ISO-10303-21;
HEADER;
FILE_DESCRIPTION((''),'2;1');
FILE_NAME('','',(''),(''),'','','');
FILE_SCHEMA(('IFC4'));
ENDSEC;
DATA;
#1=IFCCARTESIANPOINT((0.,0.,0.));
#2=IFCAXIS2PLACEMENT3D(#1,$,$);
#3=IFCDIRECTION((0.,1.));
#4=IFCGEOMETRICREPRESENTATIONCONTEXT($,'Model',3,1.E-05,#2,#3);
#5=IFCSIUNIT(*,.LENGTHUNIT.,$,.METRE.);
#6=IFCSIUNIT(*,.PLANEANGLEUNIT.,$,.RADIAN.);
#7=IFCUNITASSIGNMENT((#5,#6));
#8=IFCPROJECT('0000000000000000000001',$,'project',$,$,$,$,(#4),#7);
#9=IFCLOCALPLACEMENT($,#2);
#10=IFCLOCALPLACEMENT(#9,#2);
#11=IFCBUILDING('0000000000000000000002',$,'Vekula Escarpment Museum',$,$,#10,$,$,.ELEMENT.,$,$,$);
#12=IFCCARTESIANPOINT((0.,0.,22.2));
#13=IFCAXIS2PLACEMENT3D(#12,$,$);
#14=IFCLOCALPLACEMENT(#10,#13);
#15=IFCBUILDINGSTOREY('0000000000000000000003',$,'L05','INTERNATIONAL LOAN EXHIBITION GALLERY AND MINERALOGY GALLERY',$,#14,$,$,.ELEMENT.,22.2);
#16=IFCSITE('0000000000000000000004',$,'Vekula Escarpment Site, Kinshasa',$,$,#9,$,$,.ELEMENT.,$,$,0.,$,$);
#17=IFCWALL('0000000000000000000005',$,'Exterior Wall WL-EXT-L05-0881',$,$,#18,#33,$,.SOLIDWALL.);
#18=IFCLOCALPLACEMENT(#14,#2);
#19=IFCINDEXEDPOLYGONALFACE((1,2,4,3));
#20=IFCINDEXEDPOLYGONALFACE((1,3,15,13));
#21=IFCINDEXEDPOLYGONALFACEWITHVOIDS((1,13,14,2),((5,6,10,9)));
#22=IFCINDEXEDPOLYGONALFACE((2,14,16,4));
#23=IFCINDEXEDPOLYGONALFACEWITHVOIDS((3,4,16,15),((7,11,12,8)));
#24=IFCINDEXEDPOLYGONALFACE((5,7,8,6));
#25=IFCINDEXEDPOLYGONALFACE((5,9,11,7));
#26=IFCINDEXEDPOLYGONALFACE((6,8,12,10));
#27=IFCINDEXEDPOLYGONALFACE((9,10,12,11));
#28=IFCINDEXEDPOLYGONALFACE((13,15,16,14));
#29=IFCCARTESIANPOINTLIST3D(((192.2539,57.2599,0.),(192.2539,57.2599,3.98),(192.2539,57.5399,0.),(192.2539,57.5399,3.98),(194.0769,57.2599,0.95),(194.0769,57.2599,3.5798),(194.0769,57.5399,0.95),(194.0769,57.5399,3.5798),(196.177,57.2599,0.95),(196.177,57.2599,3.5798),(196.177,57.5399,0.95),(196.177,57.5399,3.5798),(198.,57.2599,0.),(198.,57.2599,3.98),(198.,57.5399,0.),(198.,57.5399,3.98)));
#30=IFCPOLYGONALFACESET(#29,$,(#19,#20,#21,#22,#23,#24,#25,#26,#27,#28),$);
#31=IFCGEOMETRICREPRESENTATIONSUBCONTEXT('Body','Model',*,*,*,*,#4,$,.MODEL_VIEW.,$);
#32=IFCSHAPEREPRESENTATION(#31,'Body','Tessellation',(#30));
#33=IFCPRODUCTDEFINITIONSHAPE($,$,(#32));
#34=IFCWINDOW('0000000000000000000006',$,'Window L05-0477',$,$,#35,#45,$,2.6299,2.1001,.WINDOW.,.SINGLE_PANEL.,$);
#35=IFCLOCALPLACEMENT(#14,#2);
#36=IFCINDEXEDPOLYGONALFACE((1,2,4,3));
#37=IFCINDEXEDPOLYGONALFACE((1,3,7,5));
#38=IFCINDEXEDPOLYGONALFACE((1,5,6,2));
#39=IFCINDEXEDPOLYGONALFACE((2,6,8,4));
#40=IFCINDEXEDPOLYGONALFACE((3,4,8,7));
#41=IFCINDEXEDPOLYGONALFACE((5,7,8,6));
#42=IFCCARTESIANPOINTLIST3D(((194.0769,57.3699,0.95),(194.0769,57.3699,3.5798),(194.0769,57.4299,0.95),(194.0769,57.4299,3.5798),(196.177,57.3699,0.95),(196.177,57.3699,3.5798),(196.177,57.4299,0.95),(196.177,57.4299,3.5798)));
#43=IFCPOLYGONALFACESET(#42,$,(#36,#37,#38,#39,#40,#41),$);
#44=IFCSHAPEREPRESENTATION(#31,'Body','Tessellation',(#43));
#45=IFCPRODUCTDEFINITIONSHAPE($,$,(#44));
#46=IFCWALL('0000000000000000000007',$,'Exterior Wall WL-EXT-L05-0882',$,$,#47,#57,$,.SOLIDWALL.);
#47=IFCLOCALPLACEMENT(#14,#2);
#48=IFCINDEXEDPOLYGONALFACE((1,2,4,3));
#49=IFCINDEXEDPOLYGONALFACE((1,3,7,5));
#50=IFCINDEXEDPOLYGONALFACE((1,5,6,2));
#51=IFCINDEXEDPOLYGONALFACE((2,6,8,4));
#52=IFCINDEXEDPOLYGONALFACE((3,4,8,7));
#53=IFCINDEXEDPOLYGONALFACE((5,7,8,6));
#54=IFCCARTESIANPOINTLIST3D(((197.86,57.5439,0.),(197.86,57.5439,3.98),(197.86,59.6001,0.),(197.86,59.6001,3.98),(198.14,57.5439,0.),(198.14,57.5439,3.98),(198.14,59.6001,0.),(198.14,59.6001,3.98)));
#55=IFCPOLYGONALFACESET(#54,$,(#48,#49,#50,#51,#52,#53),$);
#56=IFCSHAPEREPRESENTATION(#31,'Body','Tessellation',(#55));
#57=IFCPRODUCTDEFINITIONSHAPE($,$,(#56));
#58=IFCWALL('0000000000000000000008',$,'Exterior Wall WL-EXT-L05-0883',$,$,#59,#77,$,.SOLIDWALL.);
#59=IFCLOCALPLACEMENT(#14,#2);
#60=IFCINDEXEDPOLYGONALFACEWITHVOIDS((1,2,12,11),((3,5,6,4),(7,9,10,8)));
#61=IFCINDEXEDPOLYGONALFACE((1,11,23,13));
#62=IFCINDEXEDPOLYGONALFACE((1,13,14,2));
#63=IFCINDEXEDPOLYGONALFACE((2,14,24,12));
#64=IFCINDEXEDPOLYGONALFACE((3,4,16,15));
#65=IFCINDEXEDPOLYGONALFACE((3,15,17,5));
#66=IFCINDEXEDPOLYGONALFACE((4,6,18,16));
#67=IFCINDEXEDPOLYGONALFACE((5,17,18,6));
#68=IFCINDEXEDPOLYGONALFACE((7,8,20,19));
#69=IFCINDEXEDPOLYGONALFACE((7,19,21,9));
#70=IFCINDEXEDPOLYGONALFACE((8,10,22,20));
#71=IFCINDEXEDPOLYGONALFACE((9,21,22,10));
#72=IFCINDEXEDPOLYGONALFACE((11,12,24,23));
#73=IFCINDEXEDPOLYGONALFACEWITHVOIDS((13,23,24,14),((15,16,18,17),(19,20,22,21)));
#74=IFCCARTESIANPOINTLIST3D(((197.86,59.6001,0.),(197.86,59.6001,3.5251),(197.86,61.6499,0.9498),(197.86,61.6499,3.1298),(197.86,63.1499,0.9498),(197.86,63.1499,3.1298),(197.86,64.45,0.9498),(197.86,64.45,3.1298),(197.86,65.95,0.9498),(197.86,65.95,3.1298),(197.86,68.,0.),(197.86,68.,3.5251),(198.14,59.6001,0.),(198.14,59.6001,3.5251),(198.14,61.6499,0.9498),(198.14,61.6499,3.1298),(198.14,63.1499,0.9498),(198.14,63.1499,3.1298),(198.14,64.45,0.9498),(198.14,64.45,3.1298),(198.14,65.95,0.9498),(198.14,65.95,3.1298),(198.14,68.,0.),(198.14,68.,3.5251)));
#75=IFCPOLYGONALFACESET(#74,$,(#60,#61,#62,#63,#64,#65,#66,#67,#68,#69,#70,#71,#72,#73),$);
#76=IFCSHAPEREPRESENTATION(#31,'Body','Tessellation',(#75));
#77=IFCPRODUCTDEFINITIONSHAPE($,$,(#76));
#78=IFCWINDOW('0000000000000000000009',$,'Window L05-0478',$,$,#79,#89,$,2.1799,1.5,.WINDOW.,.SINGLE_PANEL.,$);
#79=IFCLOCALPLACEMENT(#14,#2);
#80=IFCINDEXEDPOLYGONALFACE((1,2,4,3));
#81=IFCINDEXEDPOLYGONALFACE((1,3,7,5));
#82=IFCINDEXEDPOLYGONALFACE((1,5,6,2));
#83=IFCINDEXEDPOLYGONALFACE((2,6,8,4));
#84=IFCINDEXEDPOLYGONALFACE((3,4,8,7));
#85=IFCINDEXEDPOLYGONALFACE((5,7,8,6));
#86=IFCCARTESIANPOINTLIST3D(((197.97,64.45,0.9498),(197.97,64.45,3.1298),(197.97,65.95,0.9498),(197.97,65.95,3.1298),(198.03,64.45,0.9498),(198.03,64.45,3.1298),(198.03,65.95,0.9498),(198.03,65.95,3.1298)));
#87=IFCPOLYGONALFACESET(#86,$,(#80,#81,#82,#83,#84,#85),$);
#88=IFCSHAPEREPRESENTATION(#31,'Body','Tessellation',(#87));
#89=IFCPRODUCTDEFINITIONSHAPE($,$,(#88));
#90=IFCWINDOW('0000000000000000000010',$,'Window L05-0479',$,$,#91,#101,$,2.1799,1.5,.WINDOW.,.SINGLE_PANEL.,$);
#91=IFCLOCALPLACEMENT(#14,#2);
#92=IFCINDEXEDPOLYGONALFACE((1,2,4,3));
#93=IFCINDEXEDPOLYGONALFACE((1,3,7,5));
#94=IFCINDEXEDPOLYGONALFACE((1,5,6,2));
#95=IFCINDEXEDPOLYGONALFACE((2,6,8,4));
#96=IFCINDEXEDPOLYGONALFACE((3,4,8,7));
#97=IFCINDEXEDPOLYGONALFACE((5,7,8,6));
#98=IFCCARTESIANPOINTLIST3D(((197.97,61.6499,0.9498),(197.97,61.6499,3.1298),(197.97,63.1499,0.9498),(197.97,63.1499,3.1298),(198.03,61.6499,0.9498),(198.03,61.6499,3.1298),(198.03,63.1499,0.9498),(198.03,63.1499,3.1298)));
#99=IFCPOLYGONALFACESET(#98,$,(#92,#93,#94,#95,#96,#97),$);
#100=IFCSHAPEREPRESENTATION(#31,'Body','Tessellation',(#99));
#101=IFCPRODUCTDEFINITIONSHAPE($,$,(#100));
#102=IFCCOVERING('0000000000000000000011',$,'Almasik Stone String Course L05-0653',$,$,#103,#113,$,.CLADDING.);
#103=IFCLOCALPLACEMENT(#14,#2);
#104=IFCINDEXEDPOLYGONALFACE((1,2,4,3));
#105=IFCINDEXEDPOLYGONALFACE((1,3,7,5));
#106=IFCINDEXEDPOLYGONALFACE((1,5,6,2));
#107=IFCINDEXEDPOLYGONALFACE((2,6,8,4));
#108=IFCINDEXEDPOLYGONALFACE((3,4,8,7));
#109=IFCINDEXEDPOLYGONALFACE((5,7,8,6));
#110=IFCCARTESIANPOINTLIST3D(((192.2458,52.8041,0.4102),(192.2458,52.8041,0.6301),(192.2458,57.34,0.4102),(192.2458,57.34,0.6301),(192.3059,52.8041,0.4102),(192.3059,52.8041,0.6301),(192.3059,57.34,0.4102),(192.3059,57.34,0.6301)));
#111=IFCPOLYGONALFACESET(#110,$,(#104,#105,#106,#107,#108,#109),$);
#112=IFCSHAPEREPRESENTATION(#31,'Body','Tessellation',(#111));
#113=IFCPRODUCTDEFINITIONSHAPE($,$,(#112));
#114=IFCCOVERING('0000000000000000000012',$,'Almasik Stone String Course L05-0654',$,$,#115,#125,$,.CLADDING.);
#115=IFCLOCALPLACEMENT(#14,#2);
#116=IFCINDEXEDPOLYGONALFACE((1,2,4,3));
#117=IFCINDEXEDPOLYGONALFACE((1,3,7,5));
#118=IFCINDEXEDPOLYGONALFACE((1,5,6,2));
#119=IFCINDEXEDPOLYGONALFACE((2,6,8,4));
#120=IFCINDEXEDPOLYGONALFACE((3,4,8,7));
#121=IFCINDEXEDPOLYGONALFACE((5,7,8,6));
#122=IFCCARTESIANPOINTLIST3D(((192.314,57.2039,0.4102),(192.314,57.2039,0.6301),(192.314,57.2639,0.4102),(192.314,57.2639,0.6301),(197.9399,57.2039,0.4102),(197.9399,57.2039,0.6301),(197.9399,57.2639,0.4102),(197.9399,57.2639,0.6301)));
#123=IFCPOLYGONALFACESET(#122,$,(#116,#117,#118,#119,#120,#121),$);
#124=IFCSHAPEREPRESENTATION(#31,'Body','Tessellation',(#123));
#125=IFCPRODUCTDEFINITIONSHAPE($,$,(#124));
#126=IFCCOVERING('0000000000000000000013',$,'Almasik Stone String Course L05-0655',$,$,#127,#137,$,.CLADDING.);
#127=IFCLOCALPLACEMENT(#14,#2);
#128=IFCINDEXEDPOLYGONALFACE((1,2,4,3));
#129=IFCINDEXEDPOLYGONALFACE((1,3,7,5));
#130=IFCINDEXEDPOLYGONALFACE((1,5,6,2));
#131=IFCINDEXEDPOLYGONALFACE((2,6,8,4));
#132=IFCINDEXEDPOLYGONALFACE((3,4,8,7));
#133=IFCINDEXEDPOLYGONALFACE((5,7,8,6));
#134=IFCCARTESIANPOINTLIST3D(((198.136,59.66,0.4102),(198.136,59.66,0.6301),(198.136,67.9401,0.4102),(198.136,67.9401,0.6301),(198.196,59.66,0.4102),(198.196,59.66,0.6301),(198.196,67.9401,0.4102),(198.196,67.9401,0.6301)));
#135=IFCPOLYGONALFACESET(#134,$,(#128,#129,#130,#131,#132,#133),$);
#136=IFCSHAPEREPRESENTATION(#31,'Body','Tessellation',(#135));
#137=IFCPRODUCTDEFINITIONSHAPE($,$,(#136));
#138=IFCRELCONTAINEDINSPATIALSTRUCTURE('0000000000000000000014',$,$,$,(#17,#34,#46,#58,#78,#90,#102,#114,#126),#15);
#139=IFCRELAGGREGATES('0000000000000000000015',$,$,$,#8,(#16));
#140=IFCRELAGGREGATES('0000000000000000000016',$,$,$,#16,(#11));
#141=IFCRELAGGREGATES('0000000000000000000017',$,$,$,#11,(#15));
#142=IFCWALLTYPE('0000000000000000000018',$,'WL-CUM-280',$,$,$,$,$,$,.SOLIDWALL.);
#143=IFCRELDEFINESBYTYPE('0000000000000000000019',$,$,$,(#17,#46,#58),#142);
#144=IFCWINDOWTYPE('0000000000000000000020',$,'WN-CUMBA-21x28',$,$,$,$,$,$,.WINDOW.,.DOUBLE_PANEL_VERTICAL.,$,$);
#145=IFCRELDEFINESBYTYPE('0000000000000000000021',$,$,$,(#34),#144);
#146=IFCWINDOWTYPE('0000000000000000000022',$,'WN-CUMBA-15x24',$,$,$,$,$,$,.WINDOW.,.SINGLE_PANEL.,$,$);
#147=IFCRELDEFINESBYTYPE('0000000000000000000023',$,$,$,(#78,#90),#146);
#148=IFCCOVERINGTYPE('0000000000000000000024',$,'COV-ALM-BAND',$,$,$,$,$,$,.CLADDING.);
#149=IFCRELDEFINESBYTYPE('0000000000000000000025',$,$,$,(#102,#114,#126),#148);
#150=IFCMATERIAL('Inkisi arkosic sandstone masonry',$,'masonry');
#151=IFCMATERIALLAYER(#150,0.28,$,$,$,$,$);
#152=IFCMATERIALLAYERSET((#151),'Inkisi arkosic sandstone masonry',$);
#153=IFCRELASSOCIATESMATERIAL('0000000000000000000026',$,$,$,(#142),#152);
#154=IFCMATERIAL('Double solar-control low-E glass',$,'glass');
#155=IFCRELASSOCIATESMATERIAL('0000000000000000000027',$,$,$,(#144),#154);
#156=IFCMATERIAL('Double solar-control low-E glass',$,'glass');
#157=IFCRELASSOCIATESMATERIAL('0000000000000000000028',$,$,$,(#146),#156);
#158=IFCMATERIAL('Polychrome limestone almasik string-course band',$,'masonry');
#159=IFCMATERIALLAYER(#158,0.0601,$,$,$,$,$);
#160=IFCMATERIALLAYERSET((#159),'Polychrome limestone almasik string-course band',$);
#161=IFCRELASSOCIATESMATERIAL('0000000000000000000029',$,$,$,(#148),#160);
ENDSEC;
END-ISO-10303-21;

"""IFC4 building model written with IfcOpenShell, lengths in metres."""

from ifc_helpers import new_model, si_unit, direction, frame, frame_2d, origin, origin_2d, place, context, subcontext, project, spatial, rectangle, extrude, material, layer, layer_set, type_object, element, fill, save


model = new_model("IFC4")

# Units and contexts
model_context = context("Model", 3, precision=1e-05, world=origin(), true_north=direction((0.0, 1.0)))
body_context = subcontext(model_context, "Body", "Model", "MODEL_VIEW")
ifc_project = project(units=[si_unit("LENGTHUNIT", "METRE"), si_unit("PLANEANGLEUNIT", "RADIAN")], contexts=[model_context])

# Site, building, storey
site_placement = place(None, origin())
site = spatial("IfcSite", under=ifc_project, at=site_placement, Name="Vekula Escarpment Site, Kinshasa", CompositionType="ELEMENT", RefElevation=0.0)
building_placement = place(site_placement, origin())
building = spatial("IfcBuilding", under=site, at=building_placement, Name="Vekula Escarpment Museum", CompositionType="ELEMENT")
storey_placement = place(building_placement, frame((0.0, 0.0, 22.2)))
storey = spatial("IfcBuildingStorey", under=building, at=storey_placement, Name="L05", Description="INTERNATIONAL LOAN EXHIBITION GALLERY AND MINERALOGY GALLERY", CompositionType="ELEMENT", Elevation=22.2)

# Shared definitions
ifc_material_1 = material(Name="Inkisi arkosic sandstone masonry", Category="masonry")
ifc_layer_1 = layer(ifc_material_1, 0.28)
ifc_layer_set_1 = layer_set([ifc_layer_1], Name="Inkisi arkosic sandstone masonry")
wall_type = type_object("IfcWallType", Name="WL-CUM-280", PredefinedType="SOLIDWALL", material=ifc_layer_set_1)
ifc_material_2 = material(Name="Double solar-control low-E glass", Category="glass")
window_type_1 = type_object("IfcWindowType", Name="WN-CUMBA-21x28", PartitioningType="DOUBLE_PANEL_VERTICAL", PredefinedType="WINDOW", material=ifc_material_2)

# Wall, opening, window
wall_1_placement = place(storey_placement, frame((198.0, 57.3999, 0.0), z_axis=(0.0, 0.0, 1.0), x_axis=(-1.0, 0.0, 0.0)))
wall_1 = element("IfcWall", 1, at=wall_1_placement, inside=storey, type_object=wall_type, Name="Exterior Wall WL-EXT-L05-0881", PredefinedType="SOLIDWALL", context=body_context, shape_type="SweptSolid", body=[
    extrude(rectangle(XDim=5.7461, YDim=0.28, at=frame_2d((2.873, 0.0))), origin(), (0.0, 0.0, 1.0), 3.98),
])
opening_1_placement = place(wall_1_placement, frame((1.823, 0.0, 0.95)))
opening_1 = element("IfcOpeningElement", 2, at=opening_1_placement, cuts=wall_1, PredefinedType="OPENING", context=body_context, shape_type="SweptSolid", body=[
    extrude(rectangle(XDim=2.1001, YDim=2.6299, at=frame_2d((1.05, 1.3149))), frame((0.0, 0.1499, 0.0), z_axis=(0.0, -1.0, 0.0), x_axis=(1.0, 0.0, 0.0)), (0.0, 0.0, 1.0), 0.3),
])
window_1_placement = place(opening_1_placement, origin())
window_1 = element("IfcWindow", 3, at=window_1_placement, inside=storey, type_object=window_type_1, Name="Window L05-0477", OverallHeight=2.6299, OverallWidth=2.1001, PartitioningType="SINGLE_PANEL", PredefinedType="WINDOW", context=body_context, shape_type="SweptSolid", body=[
    extrude(rectangle(XDim=2.1001, YDim=2.6299, at=frame_2d((1.05, 1.3149))), frame((0.0, 0.03, 0.0), z_axis=(0.0, -1.0, 0.0), x_axis=(1.0, 0.0, 0.0)), (0.0, 0.0, 1.0), 0.0601),
])
fill(opening_1, window_1)

# Wall
wall_2_placement = place(storey_placement, frame((198.0, 59.6001, 0.0), z_axis=(0.0, 0.0, 1.0), x_axis=(0.0, -1.0, 0.0)))
element("IfcWall", 4, at=wall_2_placement, inside=storey, type_object=wall_type, Name="Exterior Wall WL-EXT-L05-0882", PredefinedType="SOLIDWALL", context=body_context, shape_type="SweptSolid", body=[
    extrude(rectangle(XDim=2.0562, YDim=0.28, at=frame_2d((1.0281, 0.0))), origin(), (0.0, 0.0, 1.0), 3.98),
])

# Wall, openings, windows
wall_3_placement = place(storey_placement, frame((198.0, 68.0, 0.0), z_axis=(0.0, 0.0, 1.0), x_axis=(0.0, -1.0, 0.0)))
wall_3 = element("IfcWall", 5, at=wall_3_placement, inside=storey, type_object=wall_type, Name="Exterior Wall WL-EXT-L05-0883", PredefinedType="SOLIDWALL", context=body_context, shape_type="SweptSolid", body=[
    extrude(rectangle(XDim=8.3999, YDim=0.28, at=frame_2d((4.2, 0.0))), origin(), (0.0, 0.0, 1.0), 3.5251),
])
opening_2_placement = place(wall_3_placement, frame((2.05, 0.0, 0.95)))
opening_2 = element("IfcOpeningElement", 6, at=opening_2_placement, cuts=wall_3, PredefinedType="OPENING", context=body_context, shape_type="SweptSolid", body=[
    extrude(rectangle(XDim=1.5, YDim=2.1799, at=frame_2d((0.75, 1.0898))), frame((0.0, 0.1499, 0.0), z_axis=(0.0, -1.0, 0.0), x_axis=(1.0, 0.0, 0.0)), (0.0, 0.0, 1.0), 0.3),
])
opening_3_placement = place(wall_3_placement, frame((4.8501, 0.0, 0.95)))
opening_3 = element("IfcOpeningElement", 7, at=opening_3_placement, cuts=wall_3, PredefinedType="OPENING", context=body_context, shape_type="SweptSolid", body=[
    extrude(rectangle(XDim=1.5, YDim=2.1799, at=frame_2d((0.75, 1.0898))), frame((0.0, 0.1499, 0.0), z_axis=(0.0, -1.0, 0.0), x_axis=(1.0, 0.0, 0.0)), (0.0, 0.0, 1.0), 0.3),
])
ifc_material_3 = material(Name="Double solar-control low-E glass", Category="glass")
window_type_2 = type_object("IfcWindowType", Name="WN-CUMBA-15x24", PartitioningType="SINGLE_PANEL", PredefinedType="WINDOW", material=ifc_material_3)
window_2_placement = place(opening_2_placement, origin())
window_2 = element("IfcWindow", 8, at=window_2_placement, inside=storey, type_object=window_type_2, Name="Window L05-0478", OverallHeight=2.1799, OverallWidth=1.5, PartitioningType="SINGLE_PANEL", PredefinedType="WINDOW", context=body_context, shape_type="SweptSolid", body=[
    extrude(rectangle(XDim=1.5, YDim=2.1799, at=frame_2d((0.75, 1.0898))), frame((0.0, 0.03, 0.0), z_axis=(0.0, -1.0, 0.0), x_axis=(1.0, 0.0, 0.0)), (0.0, 0.0, 1.0), 0.0601),
])
fill(opening_2, window_2)
window_3_placement = place(opening_3_placement, origin())
window_3 = element("IfcWindow", 9, at=window_3_placement, inside=storey, type_object=window_type_2, Name="Window L05-0479", OverallHeight=2.1799, OverallWidth=1.5, PartitioningType="SINGLE_PANEL", PredefinedType="WINDOW", context=body_context, shape_type="SweptSolid", body=[
    extrude(rectangle(XDim=1.5, YDim=2.1799, at=frame_2d((0.75, 1.0898))), frame((0.0, 0.03, 0.0), z_axis=(0.0, -1.0, 0.0), x_axis=(1.0, 0.0, 0.0)), (0.0, 0.0, 1.0), 0.0601),
])
fill(opening_3, window_3)

# Coverings
ifc_material_4 = material(Name="Polychrome limestone almasik string-course band", Category="masonry")
ifc_layer_2 = layer(ifc_material_4, 0.0601)
ifc_layer_set_2 = layer_set([ifc_layer_2], Name="Polychrome limestone almasik string-course band")
covering_type = type_object("IfcCoveringType", Name="COV-ALM-BAND", PredefinedType="CLADDING", material=ifc_layer_set_2)
covering_1_placement = place(storey_placement, frame((192.2759, 55.072, 0.4102), z_axis=(0.0, 0.0, 1.0), x_axis=(0.0, 1.0, 0.0)))
element("IfcCovering", 10, at=covering_1_placement, inside=storey, type_object=covering_type, Name="Almasik Stone String Course L05-0653", PredefinedType="CLADDING", context=body_context, shape_type="SweptSolid", body=[
    extrude(rectangle(XDim=4.5359, YDim=0.0601, at=origin_2d()), origin(), (0.0, 0.0, 1.0), 0.22),
])
covering_2_placement = place(storey_placement, frame((195.127, 57.2339, 0.4102), z_axis=(0.0, 0.0, 1.0), x_axis=(1.0, 0.0, 0.0)))
element("IfcCovering", 11, at=covering_2_placement, inside=storey, type_object=covering_type, Name="Almasik Stone String Course L05-0654", PredefinedType="CLADDING", context=body_context, shape_type="SweptSolid", body=[
    extrude(rectangle(XDim=5.626, YDim=0.0601, at=origin_2d()), origin(), (0.0, 0.0, 1.0), 0.22),
])
covering_3_placement = place(storey_placement, frame((198.166, 63.8, 0.4102), z_axis=(0.0, 0.0, 1.0), x_axis=(0.0, 1.0, 0.0)))
element("IfcCovering", 12, at=covering_3_placement, inside=storey, type_object=covering_type, Name="Almasik Stone String Course L05-0655", PredefinedType="CLADDING", context=body_context, shape_type="SweptSolid", body=[
    extrude(rectangle(XDim=8.28, YDim=0.0601, at=origin_2d()), origin(), (0.0, 0.0, 1.0), 0.22),
])

save(model, "model.ifc")
